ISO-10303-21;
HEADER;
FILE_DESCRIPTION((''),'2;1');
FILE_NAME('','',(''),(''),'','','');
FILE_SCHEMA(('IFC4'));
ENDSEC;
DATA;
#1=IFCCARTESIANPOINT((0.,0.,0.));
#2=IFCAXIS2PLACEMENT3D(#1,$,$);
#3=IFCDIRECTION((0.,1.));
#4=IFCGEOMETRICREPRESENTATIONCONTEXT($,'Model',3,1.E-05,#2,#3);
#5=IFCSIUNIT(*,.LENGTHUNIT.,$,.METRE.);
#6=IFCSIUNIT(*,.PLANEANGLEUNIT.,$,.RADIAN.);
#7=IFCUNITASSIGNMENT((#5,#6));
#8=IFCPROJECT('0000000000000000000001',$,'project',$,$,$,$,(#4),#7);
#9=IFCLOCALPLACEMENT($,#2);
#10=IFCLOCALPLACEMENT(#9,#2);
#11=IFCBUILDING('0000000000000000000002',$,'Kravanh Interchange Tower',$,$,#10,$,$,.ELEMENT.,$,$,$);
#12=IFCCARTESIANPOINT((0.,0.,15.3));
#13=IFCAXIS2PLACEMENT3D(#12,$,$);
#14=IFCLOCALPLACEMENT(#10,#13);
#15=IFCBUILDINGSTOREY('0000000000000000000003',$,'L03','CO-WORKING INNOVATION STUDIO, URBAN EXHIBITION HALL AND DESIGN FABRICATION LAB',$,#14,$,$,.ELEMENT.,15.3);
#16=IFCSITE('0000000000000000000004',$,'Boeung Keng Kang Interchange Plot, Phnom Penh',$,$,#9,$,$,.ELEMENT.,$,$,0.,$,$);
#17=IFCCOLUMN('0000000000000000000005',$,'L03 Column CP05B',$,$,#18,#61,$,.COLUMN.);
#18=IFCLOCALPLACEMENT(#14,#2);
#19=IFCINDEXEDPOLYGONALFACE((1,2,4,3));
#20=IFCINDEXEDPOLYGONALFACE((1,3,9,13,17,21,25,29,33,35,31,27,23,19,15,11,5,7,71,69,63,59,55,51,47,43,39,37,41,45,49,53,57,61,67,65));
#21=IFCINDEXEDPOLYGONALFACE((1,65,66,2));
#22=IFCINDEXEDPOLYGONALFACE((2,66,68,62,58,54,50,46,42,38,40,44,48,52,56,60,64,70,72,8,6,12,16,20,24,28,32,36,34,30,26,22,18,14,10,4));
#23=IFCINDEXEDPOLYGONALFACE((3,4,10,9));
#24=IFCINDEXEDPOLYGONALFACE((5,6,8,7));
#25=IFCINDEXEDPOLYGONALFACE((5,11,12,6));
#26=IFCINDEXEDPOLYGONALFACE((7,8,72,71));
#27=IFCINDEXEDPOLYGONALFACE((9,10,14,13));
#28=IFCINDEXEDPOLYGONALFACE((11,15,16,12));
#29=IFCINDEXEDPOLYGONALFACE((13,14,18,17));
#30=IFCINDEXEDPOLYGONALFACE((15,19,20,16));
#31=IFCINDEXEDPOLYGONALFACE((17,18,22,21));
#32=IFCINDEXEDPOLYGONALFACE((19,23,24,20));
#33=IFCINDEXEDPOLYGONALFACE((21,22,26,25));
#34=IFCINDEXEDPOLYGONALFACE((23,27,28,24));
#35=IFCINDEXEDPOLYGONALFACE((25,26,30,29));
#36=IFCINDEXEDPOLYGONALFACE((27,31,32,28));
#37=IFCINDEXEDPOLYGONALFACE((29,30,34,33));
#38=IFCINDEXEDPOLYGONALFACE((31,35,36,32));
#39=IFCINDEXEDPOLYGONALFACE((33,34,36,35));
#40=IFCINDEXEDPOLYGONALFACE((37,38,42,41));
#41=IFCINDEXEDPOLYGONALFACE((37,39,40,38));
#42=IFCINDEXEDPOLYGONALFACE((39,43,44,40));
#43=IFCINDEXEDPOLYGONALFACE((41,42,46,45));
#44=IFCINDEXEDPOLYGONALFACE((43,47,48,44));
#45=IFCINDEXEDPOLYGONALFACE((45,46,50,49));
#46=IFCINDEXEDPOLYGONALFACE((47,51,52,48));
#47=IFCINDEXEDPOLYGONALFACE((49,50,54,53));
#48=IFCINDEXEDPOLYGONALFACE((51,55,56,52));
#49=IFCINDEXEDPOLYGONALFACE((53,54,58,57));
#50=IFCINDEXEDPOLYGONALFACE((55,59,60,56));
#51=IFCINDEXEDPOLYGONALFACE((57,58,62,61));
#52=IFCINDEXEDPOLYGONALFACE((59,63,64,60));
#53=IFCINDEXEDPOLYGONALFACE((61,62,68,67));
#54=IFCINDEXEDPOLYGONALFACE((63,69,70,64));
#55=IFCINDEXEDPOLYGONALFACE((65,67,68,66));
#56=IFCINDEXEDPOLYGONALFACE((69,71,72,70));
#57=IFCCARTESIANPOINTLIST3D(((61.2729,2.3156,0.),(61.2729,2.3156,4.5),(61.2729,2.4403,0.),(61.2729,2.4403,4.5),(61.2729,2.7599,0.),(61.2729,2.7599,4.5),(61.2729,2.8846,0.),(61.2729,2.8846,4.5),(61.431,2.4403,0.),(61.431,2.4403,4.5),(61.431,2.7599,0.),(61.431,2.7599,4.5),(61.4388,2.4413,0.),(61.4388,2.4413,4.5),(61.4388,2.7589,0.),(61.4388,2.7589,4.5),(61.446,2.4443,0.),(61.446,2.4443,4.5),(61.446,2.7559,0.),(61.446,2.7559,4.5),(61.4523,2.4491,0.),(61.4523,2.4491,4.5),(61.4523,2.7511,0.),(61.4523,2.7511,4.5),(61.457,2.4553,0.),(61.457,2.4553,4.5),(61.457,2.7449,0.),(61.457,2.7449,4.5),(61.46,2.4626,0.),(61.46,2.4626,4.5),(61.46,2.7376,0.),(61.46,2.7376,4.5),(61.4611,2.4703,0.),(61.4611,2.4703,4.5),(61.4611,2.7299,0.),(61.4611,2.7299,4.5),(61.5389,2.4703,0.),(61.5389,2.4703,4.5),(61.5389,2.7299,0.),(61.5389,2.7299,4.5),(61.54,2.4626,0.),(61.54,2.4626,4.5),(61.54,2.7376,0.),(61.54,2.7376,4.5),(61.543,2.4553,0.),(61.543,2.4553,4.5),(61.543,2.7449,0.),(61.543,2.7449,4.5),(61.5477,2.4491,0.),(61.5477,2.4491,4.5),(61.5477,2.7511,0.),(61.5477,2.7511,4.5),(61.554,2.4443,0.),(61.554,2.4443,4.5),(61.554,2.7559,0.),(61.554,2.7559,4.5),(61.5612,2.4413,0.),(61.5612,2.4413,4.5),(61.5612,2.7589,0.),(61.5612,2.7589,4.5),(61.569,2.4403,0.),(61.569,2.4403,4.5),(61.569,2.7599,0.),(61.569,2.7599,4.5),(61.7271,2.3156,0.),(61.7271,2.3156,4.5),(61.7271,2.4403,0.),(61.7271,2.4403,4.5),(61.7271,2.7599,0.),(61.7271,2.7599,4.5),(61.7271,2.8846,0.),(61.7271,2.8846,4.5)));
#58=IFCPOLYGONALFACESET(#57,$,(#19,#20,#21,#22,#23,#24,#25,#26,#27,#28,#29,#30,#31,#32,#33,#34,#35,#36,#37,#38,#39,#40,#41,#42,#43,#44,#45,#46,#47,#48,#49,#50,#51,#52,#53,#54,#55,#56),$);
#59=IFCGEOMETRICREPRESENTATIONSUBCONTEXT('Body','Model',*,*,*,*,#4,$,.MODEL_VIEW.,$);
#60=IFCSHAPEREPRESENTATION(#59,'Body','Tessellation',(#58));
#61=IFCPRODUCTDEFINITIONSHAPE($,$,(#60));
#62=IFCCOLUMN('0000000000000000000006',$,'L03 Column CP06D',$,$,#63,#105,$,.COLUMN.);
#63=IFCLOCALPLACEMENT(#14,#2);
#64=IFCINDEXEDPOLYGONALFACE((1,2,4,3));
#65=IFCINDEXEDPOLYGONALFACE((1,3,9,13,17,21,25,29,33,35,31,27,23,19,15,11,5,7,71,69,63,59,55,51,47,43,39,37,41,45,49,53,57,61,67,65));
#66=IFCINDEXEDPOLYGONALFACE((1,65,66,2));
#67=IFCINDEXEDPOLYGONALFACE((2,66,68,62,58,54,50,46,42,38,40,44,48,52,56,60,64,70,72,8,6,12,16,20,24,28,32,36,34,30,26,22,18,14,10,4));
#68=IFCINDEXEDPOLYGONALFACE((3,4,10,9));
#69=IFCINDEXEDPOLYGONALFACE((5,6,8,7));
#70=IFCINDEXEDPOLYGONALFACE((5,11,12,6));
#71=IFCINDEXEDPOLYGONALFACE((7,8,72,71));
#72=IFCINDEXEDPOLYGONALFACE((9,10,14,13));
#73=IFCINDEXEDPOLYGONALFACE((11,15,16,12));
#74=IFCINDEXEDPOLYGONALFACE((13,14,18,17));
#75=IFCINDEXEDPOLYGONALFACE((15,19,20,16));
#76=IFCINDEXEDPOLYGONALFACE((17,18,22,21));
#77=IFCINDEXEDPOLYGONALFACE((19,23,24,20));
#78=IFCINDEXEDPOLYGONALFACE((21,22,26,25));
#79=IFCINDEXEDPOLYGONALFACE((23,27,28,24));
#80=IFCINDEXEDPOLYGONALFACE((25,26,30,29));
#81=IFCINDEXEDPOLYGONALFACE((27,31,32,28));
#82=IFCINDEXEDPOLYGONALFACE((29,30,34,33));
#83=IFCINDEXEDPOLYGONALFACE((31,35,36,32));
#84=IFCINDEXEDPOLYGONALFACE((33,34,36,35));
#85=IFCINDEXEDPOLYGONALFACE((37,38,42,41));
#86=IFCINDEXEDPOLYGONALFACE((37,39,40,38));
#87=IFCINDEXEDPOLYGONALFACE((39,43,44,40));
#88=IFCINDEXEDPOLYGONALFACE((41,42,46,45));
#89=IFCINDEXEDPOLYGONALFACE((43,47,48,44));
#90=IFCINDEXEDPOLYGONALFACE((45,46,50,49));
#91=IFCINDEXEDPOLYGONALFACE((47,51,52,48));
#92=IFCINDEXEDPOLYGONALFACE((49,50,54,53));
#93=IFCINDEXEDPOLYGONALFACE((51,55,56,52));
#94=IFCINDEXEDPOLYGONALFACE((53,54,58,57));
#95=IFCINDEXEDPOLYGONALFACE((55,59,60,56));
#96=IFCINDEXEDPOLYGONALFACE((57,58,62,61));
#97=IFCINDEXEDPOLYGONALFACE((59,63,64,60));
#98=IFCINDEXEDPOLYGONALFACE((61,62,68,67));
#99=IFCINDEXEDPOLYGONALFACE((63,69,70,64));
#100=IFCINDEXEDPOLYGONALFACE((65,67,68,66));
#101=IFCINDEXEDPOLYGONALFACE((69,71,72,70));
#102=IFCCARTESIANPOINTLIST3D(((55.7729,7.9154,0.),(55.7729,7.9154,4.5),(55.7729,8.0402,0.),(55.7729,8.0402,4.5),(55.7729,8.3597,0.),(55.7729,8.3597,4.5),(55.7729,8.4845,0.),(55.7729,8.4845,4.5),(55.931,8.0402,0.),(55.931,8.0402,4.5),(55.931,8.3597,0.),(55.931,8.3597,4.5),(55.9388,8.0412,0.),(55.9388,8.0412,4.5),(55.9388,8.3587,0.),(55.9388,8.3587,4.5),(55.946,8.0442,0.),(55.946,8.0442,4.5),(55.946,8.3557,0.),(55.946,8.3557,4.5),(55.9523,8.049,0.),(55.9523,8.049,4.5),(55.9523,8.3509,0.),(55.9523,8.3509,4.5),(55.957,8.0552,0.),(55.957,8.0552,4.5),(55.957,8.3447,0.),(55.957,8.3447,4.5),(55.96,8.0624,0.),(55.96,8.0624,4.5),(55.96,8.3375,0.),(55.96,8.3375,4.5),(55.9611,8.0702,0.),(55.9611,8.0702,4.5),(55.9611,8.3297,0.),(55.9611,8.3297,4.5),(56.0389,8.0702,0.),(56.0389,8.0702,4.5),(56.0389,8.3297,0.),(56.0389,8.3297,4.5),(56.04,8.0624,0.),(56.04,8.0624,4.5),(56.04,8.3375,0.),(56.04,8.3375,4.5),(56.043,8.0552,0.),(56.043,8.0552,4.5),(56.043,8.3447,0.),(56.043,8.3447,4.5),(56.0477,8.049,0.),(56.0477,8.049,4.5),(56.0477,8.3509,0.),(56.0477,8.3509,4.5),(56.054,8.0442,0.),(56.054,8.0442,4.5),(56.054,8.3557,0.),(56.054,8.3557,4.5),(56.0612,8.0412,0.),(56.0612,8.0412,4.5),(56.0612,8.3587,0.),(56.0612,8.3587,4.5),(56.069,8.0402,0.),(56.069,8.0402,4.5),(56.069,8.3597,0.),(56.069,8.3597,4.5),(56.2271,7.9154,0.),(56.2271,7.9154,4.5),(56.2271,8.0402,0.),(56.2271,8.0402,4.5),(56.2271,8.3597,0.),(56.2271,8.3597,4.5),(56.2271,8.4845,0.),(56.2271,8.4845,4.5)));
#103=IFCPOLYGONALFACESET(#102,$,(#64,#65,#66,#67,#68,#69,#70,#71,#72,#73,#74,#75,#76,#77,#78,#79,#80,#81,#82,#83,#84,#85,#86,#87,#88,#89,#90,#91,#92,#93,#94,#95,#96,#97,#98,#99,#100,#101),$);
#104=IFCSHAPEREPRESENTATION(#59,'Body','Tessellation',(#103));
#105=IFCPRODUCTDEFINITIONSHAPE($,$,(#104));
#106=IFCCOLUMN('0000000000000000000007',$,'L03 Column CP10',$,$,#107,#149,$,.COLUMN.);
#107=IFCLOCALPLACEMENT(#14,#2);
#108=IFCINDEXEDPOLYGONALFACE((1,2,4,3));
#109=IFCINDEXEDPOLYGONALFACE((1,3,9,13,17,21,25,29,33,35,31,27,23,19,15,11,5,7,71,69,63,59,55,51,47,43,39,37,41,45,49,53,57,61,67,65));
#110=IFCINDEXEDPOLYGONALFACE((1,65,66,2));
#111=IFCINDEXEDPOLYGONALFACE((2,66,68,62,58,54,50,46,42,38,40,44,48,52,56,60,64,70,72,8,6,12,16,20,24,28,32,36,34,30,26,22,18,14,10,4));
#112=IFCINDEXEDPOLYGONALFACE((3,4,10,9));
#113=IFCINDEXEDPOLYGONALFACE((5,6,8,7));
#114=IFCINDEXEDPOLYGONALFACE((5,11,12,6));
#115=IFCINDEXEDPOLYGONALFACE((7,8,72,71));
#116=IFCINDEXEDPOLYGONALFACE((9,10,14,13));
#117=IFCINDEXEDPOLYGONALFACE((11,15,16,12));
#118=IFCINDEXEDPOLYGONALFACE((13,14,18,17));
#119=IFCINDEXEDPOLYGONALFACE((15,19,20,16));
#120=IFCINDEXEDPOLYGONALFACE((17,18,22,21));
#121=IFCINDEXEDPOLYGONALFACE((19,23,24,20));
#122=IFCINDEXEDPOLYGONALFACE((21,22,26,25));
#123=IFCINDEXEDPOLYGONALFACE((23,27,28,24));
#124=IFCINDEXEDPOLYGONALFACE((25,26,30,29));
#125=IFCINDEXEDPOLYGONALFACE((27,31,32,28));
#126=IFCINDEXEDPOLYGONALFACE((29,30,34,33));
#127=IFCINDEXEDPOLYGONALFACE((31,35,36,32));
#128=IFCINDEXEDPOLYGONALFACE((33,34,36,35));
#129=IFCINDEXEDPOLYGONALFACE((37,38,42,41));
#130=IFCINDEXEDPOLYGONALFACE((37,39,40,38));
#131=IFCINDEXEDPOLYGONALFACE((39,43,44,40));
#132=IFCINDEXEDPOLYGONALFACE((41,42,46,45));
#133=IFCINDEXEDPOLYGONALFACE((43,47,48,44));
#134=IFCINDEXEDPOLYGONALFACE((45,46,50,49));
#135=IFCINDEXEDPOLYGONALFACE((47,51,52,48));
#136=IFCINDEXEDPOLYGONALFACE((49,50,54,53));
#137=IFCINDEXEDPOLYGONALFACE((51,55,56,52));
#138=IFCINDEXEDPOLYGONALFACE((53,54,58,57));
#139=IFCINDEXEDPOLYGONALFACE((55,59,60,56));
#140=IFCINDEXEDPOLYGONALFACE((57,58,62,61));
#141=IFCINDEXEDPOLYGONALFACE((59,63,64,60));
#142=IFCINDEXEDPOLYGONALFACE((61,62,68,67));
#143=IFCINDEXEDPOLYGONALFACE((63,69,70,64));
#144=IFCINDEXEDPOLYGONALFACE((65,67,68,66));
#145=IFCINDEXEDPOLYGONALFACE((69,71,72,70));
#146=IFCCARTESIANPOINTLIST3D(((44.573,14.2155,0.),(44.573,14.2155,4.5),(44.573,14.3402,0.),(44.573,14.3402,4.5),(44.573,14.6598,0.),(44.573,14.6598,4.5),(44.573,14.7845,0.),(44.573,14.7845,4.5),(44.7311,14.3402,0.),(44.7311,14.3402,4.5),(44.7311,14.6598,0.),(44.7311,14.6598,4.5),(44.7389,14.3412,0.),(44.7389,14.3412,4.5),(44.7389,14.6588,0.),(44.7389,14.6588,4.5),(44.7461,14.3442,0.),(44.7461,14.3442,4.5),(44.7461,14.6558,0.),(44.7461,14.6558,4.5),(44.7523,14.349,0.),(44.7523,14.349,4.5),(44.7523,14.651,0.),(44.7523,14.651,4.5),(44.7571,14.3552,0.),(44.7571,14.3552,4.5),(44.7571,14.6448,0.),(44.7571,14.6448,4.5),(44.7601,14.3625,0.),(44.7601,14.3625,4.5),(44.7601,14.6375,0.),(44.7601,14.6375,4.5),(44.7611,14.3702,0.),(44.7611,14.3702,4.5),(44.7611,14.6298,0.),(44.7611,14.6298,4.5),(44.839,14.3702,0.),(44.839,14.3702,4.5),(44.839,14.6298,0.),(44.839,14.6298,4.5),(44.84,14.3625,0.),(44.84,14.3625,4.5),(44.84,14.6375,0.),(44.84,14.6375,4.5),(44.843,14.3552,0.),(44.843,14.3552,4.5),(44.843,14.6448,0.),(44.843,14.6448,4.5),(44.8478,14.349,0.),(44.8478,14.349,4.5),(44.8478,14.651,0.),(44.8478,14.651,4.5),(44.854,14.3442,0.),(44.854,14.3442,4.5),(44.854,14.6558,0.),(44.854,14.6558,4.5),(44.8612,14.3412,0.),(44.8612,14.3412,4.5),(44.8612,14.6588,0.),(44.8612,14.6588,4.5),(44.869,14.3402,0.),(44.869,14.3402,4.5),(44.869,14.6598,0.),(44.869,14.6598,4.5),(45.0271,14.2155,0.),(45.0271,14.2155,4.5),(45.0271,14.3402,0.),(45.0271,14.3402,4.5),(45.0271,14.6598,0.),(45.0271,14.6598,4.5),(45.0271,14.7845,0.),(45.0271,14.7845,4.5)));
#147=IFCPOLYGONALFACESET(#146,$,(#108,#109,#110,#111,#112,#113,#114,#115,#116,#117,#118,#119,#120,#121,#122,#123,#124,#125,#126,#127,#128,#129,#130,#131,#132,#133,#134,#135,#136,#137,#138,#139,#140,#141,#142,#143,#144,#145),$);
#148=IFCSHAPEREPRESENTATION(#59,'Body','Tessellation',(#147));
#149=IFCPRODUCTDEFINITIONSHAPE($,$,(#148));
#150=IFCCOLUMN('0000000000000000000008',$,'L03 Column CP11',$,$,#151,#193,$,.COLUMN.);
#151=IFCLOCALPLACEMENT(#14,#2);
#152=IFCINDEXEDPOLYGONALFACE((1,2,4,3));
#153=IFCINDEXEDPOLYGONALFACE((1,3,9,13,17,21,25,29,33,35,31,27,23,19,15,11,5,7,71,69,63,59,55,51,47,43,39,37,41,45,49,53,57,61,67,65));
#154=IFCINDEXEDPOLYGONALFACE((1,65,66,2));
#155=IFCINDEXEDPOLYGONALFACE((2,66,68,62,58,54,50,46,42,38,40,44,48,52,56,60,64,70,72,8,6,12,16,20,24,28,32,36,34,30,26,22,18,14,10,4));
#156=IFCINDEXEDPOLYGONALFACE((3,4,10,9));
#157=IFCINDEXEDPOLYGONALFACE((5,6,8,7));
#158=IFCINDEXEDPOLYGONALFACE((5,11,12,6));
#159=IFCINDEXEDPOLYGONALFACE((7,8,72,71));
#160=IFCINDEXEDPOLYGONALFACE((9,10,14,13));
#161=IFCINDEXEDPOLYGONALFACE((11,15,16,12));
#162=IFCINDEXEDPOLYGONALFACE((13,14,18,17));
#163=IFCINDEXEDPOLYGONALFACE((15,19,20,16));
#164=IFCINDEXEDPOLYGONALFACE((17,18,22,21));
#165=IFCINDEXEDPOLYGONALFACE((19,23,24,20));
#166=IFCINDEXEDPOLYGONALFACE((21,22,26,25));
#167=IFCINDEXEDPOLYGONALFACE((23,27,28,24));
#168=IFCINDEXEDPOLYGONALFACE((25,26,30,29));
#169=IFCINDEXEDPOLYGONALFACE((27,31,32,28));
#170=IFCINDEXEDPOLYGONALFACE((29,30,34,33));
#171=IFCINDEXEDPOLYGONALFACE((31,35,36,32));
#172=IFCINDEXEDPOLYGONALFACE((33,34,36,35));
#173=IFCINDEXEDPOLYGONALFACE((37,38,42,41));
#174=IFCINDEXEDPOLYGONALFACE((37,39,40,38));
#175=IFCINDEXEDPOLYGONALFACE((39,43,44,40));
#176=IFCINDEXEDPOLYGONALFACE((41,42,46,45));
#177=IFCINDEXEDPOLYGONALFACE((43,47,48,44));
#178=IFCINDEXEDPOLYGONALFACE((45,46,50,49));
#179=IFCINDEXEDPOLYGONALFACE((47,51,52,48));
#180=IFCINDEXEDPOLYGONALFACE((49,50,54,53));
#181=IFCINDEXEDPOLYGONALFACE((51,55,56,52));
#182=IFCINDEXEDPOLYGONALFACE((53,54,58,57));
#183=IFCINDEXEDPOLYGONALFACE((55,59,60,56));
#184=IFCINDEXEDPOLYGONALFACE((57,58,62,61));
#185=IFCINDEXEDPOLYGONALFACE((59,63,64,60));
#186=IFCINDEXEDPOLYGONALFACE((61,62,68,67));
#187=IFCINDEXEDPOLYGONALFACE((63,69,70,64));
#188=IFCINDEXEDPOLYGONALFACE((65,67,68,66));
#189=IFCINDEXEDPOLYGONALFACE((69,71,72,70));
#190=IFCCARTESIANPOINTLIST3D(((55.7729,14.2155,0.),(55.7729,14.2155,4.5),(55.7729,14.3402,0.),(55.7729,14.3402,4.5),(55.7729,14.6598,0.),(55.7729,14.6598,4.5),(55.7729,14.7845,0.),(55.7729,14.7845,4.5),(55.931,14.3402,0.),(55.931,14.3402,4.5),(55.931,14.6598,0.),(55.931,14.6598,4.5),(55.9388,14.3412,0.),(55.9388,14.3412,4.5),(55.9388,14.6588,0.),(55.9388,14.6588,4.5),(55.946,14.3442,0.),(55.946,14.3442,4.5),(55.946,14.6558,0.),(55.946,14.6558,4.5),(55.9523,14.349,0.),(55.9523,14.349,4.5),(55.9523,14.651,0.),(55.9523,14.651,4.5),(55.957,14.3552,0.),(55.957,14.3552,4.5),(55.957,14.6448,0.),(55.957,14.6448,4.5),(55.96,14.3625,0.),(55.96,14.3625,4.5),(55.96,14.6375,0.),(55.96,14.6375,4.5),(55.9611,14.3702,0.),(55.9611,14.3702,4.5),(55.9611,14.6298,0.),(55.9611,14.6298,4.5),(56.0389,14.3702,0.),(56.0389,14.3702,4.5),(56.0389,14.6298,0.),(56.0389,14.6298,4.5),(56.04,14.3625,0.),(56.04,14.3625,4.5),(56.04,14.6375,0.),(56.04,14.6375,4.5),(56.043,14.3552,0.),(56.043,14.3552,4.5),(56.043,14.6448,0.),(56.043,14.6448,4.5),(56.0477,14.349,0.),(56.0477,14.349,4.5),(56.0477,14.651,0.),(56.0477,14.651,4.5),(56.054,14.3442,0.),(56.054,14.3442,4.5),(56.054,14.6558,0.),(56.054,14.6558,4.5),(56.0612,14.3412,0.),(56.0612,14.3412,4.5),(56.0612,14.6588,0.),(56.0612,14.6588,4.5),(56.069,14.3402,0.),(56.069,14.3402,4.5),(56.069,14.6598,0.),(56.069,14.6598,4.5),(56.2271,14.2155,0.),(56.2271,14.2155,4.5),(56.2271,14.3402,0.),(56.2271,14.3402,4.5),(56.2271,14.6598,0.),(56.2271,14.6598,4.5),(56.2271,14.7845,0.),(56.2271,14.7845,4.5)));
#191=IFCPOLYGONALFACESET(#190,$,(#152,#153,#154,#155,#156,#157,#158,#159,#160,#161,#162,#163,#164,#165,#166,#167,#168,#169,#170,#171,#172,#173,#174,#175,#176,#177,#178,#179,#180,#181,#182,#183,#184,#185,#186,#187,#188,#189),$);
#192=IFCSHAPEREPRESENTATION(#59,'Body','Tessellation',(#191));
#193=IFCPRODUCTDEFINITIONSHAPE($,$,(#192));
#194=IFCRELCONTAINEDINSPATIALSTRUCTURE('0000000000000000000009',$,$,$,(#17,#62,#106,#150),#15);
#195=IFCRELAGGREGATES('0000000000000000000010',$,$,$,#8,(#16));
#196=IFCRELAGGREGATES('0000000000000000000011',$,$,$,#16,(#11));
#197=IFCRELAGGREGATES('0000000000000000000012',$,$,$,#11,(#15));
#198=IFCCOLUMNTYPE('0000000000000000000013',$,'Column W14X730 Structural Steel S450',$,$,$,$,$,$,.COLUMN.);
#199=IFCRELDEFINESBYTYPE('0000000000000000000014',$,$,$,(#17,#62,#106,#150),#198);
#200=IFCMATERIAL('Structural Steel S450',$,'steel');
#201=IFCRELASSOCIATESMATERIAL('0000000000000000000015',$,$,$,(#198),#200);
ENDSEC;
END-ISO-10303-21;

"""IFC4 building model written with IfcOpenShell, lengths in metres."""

from ifc_helpers import new_model, si_unit, direction, frame, origin, origin_2d, place, context, subcontext, project, spatial, i_section, extrude, material, material_profile, profile_set, type_object, element, save


model = new_model("IFC4")

# Units and contexts
model_context = context("Model", 3, precision=1e-05, world=origin(), true_north=direction((0.0, 1.0)))
body_context = subcontext(model_context, "Body", "Model", "MODEL_VIEW")
ifc_project = project(units=[si_unit("LENGTHUNIT", "METRE"), si_unit("PLANEANGLEUNIT", "RADIAN")], contexts=[model_context])

# Site, building, storey
site_placement = place(None, origin())
site = spatial("IfcSite", under=ifc_project, at=site_placement, Name="Boeung Keng Kang Interchange Plot, Phnom Penh", CompositionType="ELEMENT", RefElevation=0.0)
building_placement = place(site_placement, origin())
building = spatial("IfcBuilding", under=site, at=building_placement, Name="Kravanh Interchange Tower", CompositionType="ELEMENT")
storey_placement = place(building_placement, frame((0.0, 0.0, 15.3)))
storey = spatial("IfcBuildingStorey", under=building, at=storey_placement, Name="L03", Description="CO-WORKING INNOVATION STUDIO, URBAN EXHIBITION HALL AND DESIGN FABRICATION LAB", CompositionType="ELEMENT", Elevation=15.3)

# Columns
ifc_material_1 = material(Name="Structural Steel S450", Category="steel")
ifc_material_profile_1 = material_profile(ifc_material_1, i_section(OverallWidth=0.4541, OverallDepth=0.5691, WebThickness=0.0779, FlangeThickness=0.1248, FilletRadius=0.03, at=origin_2d()), Name="W14X730")
ifc_profile_set_1 = profile_set([ifc_material_profile_1], Name="Structural Steel S450")
column_type = type_object("IfcColumnType", Name="Column W14X730 Structural Steel S450", PredefinedType="COLUMN", material=ifc_profile_set_1)
for number, where, z_axis, x_axis, name in (
    (1, (61.5, 2.6001, 0.0), (0.0, 0.0, 1.0), (1.0, 0.0, 0.0), "L03 Column CP05B"),
    (2, (56.0, 8.2, 0.0), (0.0, 0.0, 1.0), (1.0, 0.0, 0.0), "L03 Column CP06D"),
    (3, (44.8, 14.5, 0.0), (0.0, 0.0, 1.0), (1.0, 0.0, 0.0), "L03 Column CP10"),
    (4, (56.0, 14.5, 0.0), (0.0, 0.0, 1.0), (1.0, 0.0, 0.0), "L03 Column CP11"),
):
    element("IfcColumn", number, at=place(storey_placement, frame(where, z_axis=z_axis, x_axis=x_axis)), inside=storey, type_object=column_type, Name=name, PredefinedType="COLUMN", context=body_context, shape_type="SweptSolid", body=[
        extrude(i_section(OverallWidth=0.4541, OverallDepth=0.5691, WebThickness=0.0779, FlangeThickness=0.1248, FilletRadius=0.03, at=origin_2d()), origin(), (0.0, 0.0, 1.0), 4.5),
    ])

save(model, "model.ifc")
